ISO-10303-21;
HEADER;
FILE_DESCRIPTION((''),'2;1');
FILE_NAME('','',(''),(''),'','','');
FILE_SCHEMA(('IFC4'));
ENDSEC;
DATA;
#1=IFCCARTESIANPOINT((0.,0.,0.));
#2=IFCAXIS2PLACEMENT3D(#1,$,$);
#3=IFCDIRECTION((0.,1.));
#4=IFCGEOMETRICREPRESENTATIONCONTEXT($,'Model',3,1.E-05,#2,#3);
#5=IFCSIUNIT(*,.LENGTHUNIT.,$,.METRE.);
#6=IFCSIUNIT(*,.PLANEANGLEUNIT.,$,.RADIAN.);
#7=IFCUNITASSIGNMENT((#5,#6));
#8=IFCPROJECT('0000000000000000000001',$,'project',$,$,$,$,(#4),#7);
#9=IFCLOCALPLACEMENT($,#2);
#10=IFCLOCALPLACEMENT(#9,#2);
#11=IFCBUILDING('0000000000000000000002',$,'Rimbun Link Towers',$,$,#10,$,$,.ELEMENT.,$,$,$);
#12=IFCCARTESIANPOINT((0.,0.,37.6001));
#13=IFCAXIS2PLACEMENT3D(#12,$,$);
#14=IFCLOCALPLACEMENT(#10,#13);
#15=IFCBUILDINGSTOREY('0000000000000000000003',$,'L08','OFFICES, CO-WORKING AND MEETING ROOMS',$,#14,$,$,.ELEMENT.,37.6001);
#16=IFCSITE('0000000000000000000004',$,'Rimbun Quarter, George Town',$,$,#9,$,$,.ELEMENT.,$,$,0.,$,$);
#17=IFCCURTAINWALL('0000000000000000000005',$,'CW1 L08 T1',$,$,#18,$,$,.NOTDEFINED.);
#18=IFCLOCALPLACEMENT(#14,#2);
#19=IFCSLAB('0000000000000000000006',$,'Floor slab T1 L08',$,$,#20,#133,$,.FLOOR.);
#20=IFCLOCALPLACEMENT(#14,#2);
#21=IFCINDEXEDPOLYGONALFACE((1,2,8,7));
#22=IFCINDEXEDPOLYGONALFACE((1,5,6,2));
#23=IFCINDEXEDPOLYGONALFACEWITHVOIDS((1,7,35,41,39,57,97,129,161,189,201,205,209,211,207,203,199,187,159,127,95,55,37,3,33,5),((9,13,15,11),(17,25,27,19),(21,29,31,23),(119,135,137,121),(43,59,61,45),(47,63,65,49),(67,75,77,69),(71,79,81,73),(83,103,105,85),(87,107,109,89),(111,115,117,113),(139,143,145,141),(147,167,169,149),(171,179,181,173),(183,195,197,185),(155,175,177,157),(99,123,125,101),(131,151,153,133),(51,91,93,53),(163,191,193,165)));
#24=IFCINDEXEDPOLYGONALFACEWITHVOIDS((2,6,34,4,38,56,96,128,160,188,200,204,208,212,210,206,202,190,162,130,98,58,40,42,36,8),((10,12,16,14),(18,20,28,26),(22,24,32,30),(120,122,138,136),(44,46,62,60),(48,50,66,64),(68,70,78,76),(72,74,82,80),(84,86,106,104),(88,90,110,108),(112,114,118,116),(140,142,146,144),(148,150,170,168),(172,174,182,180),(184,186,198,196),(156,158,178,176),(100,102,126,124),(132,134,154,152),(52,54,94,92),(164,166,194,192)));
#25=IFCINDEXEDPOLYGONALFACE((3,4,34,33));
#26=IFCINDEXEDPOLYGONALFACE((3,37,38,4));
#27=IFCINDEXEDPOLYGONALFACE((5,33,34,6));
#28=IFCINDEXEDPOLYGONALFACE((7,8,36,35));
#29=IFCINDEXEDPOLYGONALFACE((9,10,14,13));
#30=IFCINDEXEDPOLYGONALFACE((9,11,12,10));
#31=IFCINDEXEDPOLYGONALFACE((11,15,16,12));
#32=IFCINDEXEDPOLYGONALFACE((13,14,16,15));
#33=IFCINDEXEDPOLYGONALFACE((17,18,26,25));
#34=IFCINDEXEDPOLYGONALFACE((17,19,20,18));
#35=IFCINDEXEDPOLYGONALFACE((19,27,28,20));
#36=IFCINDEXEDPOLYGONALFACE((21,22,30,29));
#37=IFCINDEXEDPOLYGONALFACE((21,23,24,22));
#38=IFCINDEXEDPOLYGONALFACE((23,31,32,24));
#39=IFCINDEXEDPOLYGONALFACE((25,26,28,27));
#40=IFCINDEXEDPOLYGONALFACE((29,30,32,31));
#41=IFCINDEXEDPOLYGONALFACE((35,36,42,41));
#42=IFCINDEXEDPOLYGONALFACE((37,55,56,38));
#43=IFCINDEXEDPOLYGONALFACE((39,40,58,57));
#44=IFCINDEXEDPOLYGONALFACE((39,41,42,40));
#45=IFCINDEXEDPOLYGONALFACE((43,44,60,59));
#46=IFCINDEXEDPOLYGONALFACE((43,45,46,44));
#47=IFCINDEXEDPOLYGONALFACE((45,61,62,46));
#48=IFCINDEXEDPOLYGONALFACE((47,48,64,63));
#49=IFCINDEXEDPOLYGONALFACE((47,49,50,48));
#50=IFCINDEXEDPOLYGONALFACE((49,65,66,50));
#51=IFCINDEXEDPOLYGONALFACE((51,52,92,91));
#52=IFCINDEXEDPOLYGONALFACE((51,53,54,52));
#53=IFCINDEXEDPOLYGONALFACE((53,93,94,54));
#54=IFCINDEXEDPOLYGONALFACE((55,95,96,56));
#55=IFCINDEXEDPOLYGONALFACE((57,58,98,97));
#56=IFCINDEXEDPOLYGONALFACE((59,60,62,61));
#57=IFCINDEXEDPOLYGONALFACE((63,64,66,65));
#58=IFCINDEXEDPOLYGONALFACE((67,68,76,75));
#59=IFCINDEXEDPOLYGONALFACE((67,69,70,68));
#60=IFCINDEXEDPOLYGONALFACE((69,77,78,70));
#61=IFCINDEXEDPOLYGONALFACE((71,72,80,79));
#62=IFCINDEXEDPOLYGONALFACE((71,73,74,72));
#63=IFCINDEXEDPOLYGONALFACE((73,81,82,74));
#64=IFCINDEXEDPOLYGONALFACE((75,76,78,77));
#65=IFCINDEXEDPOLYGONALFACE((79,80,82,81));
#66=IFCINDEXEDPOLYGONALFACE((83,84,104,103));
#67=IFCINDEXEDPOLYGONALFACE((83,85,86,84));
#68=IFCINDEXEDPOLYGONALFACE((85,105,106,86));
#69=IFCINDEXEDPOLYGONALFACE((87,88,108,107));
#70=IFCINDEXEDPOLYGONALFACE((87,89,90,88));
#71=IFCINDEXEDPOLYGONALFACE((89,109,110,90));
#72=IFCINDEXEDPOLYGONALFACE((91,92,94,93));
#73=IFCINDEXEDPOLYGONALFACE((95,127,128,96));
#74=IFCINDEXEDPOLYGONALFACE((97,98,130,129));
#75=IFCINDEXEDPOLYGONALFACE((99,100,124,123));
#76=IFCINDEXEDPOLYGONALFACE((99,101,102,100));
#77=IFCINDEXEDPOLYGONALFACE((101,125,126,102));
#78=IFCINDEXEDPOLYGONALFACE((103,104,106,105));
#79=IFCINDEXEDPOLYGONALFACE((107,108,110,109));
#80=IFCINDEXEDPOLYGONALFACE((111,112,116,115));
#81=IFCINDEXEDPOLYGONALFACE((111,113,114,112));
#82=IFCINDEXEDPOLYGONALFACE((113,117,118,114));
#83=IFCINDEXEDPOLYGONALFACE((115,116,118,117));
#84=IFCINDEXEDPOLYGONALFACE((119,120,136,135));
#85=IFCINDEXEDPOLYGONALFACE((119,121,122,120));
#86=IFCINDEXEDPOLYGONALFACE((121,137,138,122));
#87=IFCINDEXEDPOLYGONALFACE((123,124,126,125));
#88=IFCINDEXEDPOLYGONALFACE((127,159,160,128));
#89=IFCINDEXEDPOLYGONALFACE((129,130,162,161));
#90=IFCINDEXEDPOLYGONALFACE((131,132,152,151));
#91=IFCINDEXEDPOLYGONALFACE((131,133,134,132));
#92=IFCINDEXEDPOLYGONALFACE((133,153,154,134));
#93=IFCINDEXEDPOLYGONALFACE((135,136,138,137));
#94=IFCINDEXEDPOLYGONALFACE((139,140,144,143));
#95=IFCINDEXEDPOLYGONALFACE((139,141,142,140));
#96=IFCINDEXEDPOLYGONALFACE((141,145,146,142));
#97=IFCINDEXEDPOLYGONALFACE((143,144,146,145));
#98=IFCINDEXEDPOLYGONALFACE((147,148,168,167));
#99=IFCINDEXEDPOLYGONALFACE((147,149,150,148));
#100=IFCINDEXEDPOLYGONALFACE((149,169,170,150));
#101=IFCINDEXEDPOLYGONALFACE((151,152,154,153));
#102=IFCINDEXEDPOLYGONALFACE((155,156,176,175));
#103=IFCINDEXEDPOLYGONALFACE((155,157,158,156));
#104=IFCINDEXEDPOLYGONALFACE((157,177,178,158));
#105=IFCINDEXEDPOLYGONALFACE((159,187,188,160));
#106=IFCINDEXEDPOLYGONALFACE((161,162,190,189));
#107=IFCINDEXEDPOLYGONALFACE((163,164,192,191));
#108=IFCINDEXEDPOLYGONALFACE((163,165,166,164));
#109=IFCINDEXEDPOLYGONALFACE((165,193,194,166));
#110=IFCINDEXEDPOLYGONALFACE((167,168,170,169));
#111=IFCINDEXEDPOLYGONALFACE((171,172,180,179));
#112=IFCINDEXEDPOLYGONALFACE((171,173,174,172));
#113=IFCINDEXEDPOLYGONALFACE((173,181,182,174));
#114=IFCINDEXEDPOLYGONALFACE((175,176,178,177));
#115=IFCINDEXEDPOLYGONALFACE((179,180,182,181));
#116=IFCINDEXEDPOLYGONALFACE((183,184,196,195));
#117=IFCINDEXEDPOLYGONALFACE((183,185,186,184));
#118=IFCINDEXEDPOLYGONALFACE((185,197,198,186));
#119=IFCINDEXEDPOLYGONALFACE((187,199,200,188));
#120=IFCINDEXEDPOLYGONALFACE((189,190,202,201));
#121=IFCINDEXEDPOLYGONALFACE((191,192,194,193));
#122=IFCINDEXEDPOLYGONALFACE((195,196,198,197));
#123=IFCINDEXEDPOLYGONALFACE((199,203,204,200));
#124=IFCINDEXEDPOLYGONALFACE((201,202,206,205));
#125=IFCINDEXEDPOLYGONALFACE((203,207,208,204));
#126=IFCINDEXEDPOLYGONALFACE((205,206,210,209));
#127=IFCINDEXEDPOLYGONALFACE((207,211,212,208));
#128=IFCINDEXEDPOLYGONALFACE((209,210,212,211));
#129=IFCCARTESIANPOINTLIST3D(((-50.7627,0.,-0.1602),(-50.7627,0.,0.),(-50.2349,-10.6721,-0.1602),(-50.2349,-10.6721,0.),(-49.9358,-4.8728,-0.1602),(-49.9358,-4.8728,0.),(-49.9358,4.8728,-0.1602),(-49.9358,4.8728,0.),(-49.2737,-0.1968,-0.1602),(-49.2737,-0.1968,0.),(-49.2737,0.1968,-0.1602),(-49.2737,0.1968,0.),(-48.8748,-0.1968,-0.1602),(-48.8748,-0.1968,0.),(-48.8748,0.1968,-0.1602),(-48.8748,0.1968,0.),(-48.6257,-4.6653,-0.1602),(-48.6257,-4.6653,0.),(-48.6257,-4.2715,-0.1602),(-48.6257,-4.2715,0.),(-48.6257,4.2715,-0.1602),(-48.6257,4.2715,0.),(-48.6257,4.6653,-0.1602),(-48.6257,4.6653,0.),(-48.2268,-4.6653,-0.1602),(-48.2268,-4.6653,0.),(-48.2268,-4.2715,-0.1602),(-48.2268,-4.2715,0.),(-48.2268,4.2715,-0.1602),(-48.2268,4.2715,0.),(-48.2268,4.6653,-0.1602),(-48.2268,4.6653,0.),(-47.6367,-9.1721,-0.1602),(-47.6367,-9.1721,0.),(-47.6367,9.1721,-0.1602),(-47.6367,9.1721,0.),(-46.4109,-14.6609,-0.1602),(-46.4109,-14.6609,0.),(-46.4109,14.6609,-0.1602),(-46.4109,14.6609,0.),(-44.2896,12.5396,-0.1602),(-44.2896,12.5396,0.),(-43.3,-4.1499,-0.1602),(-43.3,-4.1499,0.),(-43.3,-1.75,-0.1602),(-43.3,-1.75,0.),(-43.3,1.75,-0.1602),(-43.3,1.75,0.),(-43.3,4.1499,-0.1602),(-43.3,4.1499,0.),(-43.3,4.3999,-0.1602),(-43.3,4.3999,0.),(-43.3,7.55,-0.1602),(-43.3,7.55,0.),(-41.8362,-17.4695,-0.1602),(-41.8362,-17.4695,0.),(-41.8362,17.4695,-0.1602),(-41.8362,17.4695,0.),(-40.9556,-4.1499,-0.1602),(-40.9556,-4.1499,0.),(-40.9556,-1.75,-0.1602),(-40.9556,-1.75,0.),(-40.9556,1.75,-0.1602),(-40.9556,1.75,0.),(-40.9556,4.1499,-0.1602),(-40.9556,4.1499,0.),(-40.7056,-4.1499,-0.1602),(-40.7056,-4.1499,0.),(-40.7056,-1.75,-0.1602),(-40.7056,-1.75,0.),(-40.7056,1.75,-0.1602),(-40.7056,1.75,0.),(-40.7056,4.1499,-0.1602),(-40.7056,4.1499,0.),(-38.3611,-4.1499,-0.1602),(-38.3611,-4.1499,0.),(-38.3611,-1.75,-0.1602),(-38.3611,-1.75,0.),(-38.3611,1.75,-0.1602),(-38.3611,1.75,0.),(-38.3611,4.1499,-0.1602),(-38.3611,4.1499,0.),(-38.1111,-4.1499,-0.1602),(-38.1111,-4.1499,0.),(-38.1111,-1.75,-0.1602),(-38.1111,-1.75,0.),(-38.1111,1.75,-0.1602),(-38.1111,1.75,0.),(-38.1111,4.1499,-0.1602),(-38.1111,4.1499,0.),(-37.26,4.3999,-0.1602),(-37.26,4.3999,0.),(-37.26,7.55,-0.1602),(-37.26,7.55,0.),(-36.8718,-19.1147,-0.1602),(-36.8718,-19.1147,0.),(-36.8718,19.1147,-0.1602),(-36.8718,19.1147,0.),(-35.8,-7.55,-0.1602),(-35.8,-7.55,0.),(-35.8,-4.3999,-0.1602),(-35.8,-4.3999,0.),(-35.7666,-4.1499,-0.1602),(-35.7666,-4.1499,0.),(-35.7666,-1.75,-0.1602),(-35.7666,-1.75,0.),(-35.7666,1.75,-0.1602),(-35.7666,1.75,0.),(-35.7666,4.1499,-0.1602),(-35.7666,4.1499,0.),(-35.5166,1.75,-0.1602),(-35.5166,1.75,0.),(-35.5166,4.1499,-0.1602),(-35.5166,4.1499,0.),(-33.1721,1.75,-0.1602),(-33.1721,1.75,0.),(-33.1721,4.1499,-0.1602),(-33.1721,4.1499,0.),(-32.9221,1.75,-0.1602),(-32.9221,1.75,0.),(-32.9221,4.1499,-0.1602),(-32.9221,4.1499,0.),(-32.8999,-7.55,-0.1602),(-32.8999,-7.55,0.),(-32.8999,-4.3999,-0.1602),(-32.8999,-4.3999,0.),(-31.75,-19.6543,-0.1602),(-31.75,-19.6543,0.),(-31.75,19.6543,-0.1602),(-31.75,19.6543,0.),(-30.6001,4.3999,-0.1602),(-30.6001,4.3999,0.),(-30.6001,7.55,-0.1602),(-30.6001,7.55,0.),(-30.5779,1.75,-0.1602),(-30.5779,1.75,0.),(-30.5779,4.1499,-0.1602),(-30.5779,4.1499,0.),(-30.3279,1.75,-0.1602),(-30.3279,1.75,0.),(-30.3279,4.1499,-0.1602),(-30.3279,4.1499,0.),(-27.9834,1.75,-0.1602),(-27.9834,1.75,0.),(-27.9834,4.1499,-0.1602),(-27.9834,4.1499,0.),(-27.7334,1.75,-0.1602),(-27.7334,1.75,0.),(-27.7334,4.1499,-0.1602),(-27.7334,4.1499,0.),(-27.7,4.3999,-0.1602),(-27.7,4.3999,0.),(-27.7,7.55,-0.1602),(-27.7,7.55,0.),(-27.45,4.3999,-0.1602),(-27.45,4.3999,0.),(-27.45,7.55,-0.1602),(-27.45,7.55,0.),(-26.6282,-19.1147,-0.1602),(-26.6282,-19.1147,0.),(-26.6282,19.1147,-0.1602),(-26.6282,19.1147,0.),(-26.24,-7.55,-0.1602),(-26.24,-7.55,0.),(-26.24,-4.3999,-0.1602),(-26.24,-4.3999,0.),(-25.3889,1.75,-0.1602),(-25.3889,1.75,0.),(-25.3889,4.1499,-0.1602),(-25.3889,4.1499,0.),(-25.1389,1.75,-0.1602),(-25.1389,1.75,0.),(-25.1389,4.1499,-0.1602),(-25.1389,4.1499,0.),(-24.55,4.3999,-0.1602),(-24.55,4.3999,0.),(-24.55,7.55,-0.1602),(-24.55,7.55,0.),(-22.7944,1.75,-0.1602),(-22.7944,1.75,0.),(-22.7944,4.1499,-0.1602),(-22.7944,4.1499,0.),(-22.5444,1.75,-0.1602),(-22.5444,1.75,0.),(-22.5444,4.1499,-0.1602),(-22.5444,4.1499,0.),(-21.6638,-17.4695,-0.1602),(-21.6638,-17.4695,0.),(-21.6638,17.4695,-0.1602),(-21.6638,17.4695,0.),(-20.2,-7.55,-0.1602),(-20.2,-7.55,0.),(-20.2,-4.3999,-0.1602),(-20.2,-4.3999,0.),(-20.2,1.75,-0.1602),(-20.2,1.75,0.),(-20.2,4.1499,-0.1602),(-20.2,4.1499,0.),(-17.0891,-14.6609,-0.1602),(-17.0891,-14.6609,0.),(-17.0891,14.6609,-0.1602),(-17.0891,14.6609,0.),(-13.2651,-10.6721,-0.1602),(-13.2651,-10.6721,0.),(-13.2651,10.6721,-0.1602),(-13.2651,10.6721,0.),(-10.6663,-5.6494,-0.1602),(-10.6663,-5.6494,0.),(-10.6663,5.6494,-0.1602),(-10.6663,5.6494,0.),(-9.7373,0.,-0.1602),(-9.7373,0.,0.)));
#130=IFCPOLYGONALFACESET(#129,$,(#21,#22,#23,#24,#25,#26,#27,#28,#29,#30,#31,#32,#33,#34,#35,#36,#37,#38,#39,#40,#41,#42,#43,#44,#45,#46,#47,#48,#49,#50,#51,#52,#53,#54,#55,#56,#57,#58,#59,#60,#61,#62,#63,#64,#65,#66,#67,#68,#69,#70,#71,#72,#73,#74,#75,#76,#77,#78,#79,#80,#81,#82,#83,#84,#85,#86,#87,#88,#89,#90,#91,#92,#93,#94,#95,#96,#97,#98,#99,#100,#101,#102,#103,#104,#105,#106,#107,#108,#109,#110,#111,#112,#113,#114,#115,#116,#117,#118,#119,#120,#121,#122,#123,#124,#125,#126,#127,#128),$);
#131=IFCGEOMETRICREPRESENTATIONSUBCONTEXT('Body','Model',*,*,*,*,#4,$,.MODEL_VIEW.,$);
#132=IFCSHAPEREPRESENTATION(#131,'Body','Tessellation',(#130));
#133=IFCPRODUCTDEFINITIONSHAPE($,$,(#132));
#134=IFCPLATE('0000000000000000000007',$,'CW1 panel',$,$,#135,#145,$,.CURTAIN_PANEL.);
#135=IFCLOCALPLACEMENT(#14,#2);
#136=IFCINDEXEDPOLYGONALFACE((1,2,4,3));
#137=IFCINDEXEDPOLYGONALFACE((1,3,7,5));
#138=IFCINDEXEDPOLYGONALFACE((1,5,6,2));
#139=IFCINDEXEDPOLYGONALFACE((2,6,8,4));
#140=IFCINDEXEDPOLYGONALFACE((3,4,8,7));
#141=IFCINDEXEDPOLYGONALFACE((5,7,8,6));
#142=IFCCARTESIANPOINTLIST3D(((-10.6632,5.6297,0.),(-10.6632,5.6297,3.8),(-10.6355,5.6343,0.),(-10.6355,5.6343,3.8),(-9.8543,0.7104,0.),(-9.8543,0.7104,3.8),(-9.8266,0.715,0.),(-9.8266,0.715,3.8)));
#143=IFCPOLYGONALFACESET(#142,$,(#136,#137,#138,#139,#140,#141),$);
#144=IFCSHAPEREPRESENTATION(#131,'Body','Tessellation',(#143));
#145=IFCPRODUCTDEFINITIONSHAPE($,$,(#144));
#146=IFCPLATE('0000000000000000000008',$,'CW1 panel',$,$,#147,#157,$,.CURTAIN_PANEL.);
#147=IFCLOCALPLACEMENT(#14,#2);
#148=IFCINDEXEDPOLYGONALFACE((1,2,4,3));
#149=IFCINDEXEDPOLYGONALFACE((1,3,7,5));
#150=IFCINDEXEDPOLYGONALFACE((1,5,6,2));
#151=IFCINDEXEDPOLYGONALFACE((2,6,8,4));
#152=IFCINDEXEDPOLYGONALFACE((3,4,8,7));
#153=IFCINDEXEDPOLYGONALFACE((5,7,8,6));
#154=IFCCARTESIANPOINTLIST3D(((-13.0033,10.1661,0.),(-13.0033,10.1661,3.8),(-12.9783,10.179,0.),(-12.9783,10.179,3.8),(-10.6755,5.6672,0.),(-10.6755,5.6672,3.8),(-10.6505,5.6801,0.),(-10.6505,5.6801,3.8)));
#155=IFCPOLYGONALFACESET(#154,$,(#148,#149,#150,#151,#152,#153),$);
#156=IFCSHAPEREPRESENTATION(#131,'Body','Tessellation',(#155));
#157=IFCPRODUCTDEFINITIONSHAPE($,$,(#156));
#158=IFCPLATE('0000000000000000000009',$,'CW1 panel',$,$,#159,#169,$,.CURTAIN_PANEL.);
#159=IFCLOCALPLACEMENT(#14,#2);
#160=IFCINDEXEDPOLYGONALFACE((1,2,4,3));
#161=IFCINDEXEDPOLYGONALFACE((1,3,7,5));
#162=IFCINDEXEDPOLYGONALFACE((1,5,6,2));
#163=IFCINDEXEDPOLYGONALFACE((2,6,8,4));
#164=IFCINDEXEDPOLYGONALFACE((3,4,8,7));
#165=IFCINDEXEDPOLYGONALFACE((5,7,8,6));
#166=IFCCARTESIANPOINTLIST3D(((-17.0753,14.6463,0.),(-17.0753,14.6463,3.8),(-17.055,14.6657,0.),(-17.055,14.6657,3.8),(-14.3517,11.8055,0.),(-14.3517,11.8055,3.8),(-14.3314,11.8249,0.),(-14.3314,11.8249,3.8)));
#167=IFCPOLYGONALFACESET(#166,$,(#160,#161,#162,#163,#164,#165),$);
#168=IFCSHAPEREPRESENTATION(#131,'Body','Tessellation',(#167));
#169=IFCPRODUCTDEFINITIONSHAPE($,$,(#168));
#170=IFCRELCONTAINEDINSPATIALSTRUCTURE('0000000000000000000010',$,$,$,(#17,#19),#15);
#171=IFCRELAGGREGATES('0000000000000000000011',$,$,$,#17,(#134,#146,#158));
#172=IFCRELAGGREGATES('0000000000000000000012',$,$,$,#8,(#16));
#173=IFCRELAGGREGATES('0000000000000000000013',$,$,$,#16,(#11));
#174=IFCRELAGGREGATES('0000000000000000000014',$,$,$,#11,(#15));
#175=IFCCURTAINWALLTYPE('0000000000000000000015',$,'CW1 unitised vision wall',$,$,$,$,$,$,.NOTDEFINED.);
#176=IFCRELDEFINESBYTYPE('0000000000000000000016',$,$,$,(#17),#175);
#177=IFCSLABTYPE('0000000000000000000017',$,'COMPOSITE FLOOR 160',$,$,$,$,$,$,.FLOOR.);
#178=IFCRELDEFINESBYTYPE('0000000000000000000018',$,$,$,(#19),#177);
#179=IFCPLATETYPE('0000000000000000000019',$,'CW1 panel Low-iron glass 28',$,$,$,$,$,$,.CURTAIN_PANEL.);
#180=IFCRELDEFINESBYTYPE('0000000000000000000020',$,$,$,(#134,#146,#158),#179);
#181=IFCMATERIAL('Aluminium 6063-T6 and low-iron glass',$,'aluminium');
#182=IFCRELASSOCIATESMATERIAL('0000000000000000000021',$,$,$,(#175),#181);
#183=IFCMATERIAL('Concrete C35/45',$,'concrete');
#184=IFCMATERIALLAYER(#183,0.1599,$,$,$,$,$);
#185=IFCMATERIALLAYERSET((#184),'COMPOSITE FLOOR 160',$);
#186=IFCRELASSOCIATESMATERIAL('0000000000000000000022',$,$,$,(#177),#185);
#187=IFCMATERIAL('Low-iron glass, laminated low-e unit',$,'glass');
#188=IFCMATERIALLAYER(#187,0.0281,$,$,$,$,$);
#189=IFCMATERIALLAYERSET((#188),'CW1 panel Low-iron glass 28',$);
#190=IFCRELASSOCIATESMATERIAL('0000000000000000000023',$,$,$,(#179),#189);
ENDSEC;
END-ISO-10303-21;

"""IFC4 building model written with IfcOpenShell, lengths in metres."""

from ifc_helpers import new_model, si_unit, direction, frame, origin, origin_2d, place, context, subcontext, project, spatial, polyline, rectangle, outline, extrude, material, layer, layer_set, type_object, element, aggregate, save


model = new_model("IFC4")

# Units and contexts
model_context = context("Model", 3, precision=1e-05, world=origin(), true_north=direction((0.0, 1.0)))
body_context = subcontext(model_context, "Body", "Model", "MODEL_VIEW")
ifc_project = project(units=[si_unit("LENGTHUNIT", "METRE"), si_unit("PLANEANGLEUNIT", "RADIAN")], contexts=[model_context])

# Site, building, storey
site_placement = place(None, origin())
site = spatial("IfcSite", under=ifc_project, at=site_placement, Name="Rimbun Quarter, George Town", CompositionType="ELEMENT", RefElevation=0.0)
building_placement = place(site_placement, origin())
building = spatial("IfcBuilding", under=site, at=building_placement, Name="Rimbun Link Towers", CompositionType="ELEMENT")
storey_placement = place(building_placement, frame((0.0, 0.0, 37.6001)))
storey = spatial("IfcBuildingStorey", under=building, at=storey_placement, Name="L08", Description="OFFICES, CO-WORKING AND MEETING ROOMS", CompositionType="ELEMENT", Elevation=37.6001)

# Curtain wall
ifc_material_1 = material(Name="Aluminium 6063-T6 and low-iron glass", Category="aluminium")
curtain_wall_type = type_object("IfcCurtainWallType", Name="CW1 unitised vision wall", PredefinedType="NOTDEFINED", material=ifc_material_1)
curtain_wall_placement = place(storey_placement, origin())
curtain_wall = element("IfcCurtainWall", 1, at=curtain_wall_placement, inside=storey, type_object=curtain_wall_type, Name="CW1 L08 T1", PredefinedType="NOTDEFINED")

# Slab
ifc_material_2 = material(Name="Concrete C35/45", Category="concrete")
ifc_layer_1 = layer(ifc_material_2, 0.1599)
ifc_layer_set_1 = layer_set([ifc_layer_1], Name="COMPOSITE FLOOR 160")
slab_type = type_object("IfcSlabType", Name="COMPOSITE FLOOR 160", PredefinedType="FLOOR", material=ifc_layer_set_1)
slab_placement = place(storey_placement, frame((0.0, 0.0, -0.1602)))
element("IfcSlab", 2, at=slab_placement, inside=storey, type_object=slab_type, Name="Floor slab T1 L08", PredefinedType="FLOOR", context=body_context, shape_type="SweptSolid", body=[
    extrude(outline(polyline([(-41.8362, 17.4695), (-36.8718, 19.1147), (-31.75, 19.6543), (-26.6282, 19.1147), (-21.6638, 17.4695), (-17.0891, 14.6609), (-13.2651, 10.6721), (-10.6663, 5.6494), (-9.7373, 0.0), (-10.6663, -5.6494), (-13.2651, -10.6721), (-17.0891, -14.6609), (-21.6638, -17.4695), (-26.6282, -19.1147), (-31.75, -19.6543), (-36.8718, -19.1147), (-41.8362, -17.4695), (-46.4109, -14.6609), (-50.2349, -10.6721), (-47.6367, -9.1721), (-49.9358, -4.8728), (-50.7627, 0.0), (-49.9358, 4.8728), (-47.6367, 9.1721), (-44.2896, 12.5396), (-46.4109, 14.6609), (-41.8362, 17.4695)]), holes=[polyline([(-48.2268, -4.6653), (-48.2268, -4.2715), (-48.6257, -4.2715), (-48.6257, -4.6653), (-48.2268, -4.6653)]), polyline([(-40.9556, -4.1499), (-40.9556, -1.75), (-43.3, -1.75), (-43.3, -4.1499), (-40.9556, -4.1499)]), polyline([(-38.3611, -4.1499), (-38.3611, -1.75), (-40.7056, -1.75), (-40.7056, -4.1499), (-38.3611, -4.1499)]), polyline([(-38.1111, -4.1499), (-35.7666, -4.1499), (-35.7666, -1.75), (-38.1111, -1.75), (-38.1111, -4.1499)]), polyline([(-49.2737, -0.1968), (-48.8748, -0.1968), (-48.8748, 0.1968), (-49.2737, 0.1968), (-49.2737, -0.1968)]), polyline([(-40.9556, 1.75), (-40.9556, 4.1499), (-43.3, 4.1499), (-43.3, 1.75), (-40.9556, 1.75)]), polyline([(-38.3611, 1.75), (-38.3611, 4.1499), (-40.7056, 4.1499), (-40.7056, 1.75), (-38.3611, 1.75)]), polyline([(-35.7666, 1.75), (-35.7666, 4.1499), (-38.1111, 4.1499), (-38.1111, 1.75), (-35.7666, 1.75)]), polyline([(-48.6257, 4.2715), (-48.2268, 4.2715), (-48.2268, 4.6653), (-48.6257, 4.6653), (-48.6257, 4.2715)]), polyline([(-43.3, 4.3999), (-37.26, 4.3999), (-37.26, 7.55), (-43.3, 7.55), (-43.3, 4.3999)]), polyline([(-32.8999, -7.55), (-32.8999, -4.3999), (-35.8, -4.3999), (-35.8, -7.55), (-32.8999, -7.55)]), polyline([(-20.2, -7.55), (-20.2, -4.3999), (-26.24, -4.3999), (-26.24, -7.55), (-20.2, -7.55)]), polyline([(-33.1721, 1.75), (-33.1721, 4.1499), (-35.5166, 4.1499), (-35.5166, 1.75), (-33.1721, 1.75)]), polyline([(-32.9221, 1.75), (-30.5779, 1.75), (-30.5779, 4.1499), (-32.9221, 4.1499), (-32.9221, 1.75)]), polyline([(-30.3279, 1.75), (-27.9834, 1.75), (-27.9834, 4.1499), (-30.3279, 4.1499), (-30.3279, 1.75)]), polyline([(-25.3889, 1.75), (-25.3889, 4.1499), (-27.7334, 4.1499), (-27.7334, 1.75), (-25.3889, 1.75)]), polyline([(-22.7944, 1.75), (-22.7944, 4.1499), (-25.1389, 4.1499), (-25.1389, 1.75), (-22.7944, 1.75)]), polyline([(-20.2, 1.75), (-20.2, 4.1499), (-22.5444, 4.1499), (-22.5444, 1.75), (-20.2, 1.75)]), polyline([(-30.6001, 4.3999), (-27.7, 4.3999), (-27.7, 7.55), (-30.6001, 7.55), (-30.6001, 4.3999)]), polyline([(-27.45, 4.3999), (-24.55, 4.3999), (-24.55, 7.55), (-27.45, 7.55), (-27.45, 4.3999)])]), origin(), (0.0, 0.0, 1.0), 0.1602),
])

# Plates
ifc_material_3 = material(Name="Low-iron glass, laminated low-e unit", Category="glass")
ifc_layer_2 = layer(ifc_material_3, 0.0281)
ifc_layer_set_2 = layer_set([ifc_layer_2], Name="CW1 panel Low-iron glass 28")
plate_type = type_object("IfcPlateType", Name="CW1 panel Low-iron glass 28", PredefinedType="CURTAIN_PANEL", material=ifc_layer_set_2)
plate_1_placement = place(storey_placement, frame((-10.2449, 3.1724, 0.0), z_axis=(0.0, 0.0, 1.0), x_axis=(0.162263, -0.986748, 0.0)))
plate_1 = element("IfcPlate", 3, at=plate_1_placement, type_object=plate_type, Name="CW1 panel", PredefinedType="CURTAIN_PANEL", context=body_context, shape_type="SweptSolid", body=[
    extrude(rectangle(XDim=4.9854, YDim=0.0281, at=origin_2d()), origin(), (0.0, 0.0, 1.0), 3.8),
])
plate_2_placement = place(storey_placement, frame((-11.8269, 7.9231, 0.0), z_axis=(0.0, 0.0, 1.0), x_axis=(0.459548, -0.888153, 0.0)))
plate_2 = element("IfcPlate", 4, at=plate_2_placement, type_object=plate_type, Name="CW1 panel", PredefinedType="CURTAIN_PANEL", context=body_context, shape_type="SweptSolid", body=[
    extrude(rectangle(XDim=5.0654, YDim=0.0281, at=origin_2d()), origin(), (0.0, 0.0, 1.0), 3.8),
])
plate_3_placement = place(storey_placement, frame((-15.7034, 13.2356, 0.0), z_axis=(0.0, 0.0, 1.0), x_axis=(0.692056, -0.721844, 0.0)))
plate_3 = element("IfcPlate", 5, at=plate_3_placement, type_object=plate_type, Name="CW1 panel", PredefinedType="CURTAIN_PANEL", context=body_context, shape_type="SweptSolid", body=[
    extrude(rectangle(XDim=3.9355, YDim=0.0281, at=origin_2d()), origin(), (0.0, 0.0, 1.0), 3.8),
])
aggregate(curtain_wall, [plate_1, plate_2, plate_3])

save(model, "model.ifc")
